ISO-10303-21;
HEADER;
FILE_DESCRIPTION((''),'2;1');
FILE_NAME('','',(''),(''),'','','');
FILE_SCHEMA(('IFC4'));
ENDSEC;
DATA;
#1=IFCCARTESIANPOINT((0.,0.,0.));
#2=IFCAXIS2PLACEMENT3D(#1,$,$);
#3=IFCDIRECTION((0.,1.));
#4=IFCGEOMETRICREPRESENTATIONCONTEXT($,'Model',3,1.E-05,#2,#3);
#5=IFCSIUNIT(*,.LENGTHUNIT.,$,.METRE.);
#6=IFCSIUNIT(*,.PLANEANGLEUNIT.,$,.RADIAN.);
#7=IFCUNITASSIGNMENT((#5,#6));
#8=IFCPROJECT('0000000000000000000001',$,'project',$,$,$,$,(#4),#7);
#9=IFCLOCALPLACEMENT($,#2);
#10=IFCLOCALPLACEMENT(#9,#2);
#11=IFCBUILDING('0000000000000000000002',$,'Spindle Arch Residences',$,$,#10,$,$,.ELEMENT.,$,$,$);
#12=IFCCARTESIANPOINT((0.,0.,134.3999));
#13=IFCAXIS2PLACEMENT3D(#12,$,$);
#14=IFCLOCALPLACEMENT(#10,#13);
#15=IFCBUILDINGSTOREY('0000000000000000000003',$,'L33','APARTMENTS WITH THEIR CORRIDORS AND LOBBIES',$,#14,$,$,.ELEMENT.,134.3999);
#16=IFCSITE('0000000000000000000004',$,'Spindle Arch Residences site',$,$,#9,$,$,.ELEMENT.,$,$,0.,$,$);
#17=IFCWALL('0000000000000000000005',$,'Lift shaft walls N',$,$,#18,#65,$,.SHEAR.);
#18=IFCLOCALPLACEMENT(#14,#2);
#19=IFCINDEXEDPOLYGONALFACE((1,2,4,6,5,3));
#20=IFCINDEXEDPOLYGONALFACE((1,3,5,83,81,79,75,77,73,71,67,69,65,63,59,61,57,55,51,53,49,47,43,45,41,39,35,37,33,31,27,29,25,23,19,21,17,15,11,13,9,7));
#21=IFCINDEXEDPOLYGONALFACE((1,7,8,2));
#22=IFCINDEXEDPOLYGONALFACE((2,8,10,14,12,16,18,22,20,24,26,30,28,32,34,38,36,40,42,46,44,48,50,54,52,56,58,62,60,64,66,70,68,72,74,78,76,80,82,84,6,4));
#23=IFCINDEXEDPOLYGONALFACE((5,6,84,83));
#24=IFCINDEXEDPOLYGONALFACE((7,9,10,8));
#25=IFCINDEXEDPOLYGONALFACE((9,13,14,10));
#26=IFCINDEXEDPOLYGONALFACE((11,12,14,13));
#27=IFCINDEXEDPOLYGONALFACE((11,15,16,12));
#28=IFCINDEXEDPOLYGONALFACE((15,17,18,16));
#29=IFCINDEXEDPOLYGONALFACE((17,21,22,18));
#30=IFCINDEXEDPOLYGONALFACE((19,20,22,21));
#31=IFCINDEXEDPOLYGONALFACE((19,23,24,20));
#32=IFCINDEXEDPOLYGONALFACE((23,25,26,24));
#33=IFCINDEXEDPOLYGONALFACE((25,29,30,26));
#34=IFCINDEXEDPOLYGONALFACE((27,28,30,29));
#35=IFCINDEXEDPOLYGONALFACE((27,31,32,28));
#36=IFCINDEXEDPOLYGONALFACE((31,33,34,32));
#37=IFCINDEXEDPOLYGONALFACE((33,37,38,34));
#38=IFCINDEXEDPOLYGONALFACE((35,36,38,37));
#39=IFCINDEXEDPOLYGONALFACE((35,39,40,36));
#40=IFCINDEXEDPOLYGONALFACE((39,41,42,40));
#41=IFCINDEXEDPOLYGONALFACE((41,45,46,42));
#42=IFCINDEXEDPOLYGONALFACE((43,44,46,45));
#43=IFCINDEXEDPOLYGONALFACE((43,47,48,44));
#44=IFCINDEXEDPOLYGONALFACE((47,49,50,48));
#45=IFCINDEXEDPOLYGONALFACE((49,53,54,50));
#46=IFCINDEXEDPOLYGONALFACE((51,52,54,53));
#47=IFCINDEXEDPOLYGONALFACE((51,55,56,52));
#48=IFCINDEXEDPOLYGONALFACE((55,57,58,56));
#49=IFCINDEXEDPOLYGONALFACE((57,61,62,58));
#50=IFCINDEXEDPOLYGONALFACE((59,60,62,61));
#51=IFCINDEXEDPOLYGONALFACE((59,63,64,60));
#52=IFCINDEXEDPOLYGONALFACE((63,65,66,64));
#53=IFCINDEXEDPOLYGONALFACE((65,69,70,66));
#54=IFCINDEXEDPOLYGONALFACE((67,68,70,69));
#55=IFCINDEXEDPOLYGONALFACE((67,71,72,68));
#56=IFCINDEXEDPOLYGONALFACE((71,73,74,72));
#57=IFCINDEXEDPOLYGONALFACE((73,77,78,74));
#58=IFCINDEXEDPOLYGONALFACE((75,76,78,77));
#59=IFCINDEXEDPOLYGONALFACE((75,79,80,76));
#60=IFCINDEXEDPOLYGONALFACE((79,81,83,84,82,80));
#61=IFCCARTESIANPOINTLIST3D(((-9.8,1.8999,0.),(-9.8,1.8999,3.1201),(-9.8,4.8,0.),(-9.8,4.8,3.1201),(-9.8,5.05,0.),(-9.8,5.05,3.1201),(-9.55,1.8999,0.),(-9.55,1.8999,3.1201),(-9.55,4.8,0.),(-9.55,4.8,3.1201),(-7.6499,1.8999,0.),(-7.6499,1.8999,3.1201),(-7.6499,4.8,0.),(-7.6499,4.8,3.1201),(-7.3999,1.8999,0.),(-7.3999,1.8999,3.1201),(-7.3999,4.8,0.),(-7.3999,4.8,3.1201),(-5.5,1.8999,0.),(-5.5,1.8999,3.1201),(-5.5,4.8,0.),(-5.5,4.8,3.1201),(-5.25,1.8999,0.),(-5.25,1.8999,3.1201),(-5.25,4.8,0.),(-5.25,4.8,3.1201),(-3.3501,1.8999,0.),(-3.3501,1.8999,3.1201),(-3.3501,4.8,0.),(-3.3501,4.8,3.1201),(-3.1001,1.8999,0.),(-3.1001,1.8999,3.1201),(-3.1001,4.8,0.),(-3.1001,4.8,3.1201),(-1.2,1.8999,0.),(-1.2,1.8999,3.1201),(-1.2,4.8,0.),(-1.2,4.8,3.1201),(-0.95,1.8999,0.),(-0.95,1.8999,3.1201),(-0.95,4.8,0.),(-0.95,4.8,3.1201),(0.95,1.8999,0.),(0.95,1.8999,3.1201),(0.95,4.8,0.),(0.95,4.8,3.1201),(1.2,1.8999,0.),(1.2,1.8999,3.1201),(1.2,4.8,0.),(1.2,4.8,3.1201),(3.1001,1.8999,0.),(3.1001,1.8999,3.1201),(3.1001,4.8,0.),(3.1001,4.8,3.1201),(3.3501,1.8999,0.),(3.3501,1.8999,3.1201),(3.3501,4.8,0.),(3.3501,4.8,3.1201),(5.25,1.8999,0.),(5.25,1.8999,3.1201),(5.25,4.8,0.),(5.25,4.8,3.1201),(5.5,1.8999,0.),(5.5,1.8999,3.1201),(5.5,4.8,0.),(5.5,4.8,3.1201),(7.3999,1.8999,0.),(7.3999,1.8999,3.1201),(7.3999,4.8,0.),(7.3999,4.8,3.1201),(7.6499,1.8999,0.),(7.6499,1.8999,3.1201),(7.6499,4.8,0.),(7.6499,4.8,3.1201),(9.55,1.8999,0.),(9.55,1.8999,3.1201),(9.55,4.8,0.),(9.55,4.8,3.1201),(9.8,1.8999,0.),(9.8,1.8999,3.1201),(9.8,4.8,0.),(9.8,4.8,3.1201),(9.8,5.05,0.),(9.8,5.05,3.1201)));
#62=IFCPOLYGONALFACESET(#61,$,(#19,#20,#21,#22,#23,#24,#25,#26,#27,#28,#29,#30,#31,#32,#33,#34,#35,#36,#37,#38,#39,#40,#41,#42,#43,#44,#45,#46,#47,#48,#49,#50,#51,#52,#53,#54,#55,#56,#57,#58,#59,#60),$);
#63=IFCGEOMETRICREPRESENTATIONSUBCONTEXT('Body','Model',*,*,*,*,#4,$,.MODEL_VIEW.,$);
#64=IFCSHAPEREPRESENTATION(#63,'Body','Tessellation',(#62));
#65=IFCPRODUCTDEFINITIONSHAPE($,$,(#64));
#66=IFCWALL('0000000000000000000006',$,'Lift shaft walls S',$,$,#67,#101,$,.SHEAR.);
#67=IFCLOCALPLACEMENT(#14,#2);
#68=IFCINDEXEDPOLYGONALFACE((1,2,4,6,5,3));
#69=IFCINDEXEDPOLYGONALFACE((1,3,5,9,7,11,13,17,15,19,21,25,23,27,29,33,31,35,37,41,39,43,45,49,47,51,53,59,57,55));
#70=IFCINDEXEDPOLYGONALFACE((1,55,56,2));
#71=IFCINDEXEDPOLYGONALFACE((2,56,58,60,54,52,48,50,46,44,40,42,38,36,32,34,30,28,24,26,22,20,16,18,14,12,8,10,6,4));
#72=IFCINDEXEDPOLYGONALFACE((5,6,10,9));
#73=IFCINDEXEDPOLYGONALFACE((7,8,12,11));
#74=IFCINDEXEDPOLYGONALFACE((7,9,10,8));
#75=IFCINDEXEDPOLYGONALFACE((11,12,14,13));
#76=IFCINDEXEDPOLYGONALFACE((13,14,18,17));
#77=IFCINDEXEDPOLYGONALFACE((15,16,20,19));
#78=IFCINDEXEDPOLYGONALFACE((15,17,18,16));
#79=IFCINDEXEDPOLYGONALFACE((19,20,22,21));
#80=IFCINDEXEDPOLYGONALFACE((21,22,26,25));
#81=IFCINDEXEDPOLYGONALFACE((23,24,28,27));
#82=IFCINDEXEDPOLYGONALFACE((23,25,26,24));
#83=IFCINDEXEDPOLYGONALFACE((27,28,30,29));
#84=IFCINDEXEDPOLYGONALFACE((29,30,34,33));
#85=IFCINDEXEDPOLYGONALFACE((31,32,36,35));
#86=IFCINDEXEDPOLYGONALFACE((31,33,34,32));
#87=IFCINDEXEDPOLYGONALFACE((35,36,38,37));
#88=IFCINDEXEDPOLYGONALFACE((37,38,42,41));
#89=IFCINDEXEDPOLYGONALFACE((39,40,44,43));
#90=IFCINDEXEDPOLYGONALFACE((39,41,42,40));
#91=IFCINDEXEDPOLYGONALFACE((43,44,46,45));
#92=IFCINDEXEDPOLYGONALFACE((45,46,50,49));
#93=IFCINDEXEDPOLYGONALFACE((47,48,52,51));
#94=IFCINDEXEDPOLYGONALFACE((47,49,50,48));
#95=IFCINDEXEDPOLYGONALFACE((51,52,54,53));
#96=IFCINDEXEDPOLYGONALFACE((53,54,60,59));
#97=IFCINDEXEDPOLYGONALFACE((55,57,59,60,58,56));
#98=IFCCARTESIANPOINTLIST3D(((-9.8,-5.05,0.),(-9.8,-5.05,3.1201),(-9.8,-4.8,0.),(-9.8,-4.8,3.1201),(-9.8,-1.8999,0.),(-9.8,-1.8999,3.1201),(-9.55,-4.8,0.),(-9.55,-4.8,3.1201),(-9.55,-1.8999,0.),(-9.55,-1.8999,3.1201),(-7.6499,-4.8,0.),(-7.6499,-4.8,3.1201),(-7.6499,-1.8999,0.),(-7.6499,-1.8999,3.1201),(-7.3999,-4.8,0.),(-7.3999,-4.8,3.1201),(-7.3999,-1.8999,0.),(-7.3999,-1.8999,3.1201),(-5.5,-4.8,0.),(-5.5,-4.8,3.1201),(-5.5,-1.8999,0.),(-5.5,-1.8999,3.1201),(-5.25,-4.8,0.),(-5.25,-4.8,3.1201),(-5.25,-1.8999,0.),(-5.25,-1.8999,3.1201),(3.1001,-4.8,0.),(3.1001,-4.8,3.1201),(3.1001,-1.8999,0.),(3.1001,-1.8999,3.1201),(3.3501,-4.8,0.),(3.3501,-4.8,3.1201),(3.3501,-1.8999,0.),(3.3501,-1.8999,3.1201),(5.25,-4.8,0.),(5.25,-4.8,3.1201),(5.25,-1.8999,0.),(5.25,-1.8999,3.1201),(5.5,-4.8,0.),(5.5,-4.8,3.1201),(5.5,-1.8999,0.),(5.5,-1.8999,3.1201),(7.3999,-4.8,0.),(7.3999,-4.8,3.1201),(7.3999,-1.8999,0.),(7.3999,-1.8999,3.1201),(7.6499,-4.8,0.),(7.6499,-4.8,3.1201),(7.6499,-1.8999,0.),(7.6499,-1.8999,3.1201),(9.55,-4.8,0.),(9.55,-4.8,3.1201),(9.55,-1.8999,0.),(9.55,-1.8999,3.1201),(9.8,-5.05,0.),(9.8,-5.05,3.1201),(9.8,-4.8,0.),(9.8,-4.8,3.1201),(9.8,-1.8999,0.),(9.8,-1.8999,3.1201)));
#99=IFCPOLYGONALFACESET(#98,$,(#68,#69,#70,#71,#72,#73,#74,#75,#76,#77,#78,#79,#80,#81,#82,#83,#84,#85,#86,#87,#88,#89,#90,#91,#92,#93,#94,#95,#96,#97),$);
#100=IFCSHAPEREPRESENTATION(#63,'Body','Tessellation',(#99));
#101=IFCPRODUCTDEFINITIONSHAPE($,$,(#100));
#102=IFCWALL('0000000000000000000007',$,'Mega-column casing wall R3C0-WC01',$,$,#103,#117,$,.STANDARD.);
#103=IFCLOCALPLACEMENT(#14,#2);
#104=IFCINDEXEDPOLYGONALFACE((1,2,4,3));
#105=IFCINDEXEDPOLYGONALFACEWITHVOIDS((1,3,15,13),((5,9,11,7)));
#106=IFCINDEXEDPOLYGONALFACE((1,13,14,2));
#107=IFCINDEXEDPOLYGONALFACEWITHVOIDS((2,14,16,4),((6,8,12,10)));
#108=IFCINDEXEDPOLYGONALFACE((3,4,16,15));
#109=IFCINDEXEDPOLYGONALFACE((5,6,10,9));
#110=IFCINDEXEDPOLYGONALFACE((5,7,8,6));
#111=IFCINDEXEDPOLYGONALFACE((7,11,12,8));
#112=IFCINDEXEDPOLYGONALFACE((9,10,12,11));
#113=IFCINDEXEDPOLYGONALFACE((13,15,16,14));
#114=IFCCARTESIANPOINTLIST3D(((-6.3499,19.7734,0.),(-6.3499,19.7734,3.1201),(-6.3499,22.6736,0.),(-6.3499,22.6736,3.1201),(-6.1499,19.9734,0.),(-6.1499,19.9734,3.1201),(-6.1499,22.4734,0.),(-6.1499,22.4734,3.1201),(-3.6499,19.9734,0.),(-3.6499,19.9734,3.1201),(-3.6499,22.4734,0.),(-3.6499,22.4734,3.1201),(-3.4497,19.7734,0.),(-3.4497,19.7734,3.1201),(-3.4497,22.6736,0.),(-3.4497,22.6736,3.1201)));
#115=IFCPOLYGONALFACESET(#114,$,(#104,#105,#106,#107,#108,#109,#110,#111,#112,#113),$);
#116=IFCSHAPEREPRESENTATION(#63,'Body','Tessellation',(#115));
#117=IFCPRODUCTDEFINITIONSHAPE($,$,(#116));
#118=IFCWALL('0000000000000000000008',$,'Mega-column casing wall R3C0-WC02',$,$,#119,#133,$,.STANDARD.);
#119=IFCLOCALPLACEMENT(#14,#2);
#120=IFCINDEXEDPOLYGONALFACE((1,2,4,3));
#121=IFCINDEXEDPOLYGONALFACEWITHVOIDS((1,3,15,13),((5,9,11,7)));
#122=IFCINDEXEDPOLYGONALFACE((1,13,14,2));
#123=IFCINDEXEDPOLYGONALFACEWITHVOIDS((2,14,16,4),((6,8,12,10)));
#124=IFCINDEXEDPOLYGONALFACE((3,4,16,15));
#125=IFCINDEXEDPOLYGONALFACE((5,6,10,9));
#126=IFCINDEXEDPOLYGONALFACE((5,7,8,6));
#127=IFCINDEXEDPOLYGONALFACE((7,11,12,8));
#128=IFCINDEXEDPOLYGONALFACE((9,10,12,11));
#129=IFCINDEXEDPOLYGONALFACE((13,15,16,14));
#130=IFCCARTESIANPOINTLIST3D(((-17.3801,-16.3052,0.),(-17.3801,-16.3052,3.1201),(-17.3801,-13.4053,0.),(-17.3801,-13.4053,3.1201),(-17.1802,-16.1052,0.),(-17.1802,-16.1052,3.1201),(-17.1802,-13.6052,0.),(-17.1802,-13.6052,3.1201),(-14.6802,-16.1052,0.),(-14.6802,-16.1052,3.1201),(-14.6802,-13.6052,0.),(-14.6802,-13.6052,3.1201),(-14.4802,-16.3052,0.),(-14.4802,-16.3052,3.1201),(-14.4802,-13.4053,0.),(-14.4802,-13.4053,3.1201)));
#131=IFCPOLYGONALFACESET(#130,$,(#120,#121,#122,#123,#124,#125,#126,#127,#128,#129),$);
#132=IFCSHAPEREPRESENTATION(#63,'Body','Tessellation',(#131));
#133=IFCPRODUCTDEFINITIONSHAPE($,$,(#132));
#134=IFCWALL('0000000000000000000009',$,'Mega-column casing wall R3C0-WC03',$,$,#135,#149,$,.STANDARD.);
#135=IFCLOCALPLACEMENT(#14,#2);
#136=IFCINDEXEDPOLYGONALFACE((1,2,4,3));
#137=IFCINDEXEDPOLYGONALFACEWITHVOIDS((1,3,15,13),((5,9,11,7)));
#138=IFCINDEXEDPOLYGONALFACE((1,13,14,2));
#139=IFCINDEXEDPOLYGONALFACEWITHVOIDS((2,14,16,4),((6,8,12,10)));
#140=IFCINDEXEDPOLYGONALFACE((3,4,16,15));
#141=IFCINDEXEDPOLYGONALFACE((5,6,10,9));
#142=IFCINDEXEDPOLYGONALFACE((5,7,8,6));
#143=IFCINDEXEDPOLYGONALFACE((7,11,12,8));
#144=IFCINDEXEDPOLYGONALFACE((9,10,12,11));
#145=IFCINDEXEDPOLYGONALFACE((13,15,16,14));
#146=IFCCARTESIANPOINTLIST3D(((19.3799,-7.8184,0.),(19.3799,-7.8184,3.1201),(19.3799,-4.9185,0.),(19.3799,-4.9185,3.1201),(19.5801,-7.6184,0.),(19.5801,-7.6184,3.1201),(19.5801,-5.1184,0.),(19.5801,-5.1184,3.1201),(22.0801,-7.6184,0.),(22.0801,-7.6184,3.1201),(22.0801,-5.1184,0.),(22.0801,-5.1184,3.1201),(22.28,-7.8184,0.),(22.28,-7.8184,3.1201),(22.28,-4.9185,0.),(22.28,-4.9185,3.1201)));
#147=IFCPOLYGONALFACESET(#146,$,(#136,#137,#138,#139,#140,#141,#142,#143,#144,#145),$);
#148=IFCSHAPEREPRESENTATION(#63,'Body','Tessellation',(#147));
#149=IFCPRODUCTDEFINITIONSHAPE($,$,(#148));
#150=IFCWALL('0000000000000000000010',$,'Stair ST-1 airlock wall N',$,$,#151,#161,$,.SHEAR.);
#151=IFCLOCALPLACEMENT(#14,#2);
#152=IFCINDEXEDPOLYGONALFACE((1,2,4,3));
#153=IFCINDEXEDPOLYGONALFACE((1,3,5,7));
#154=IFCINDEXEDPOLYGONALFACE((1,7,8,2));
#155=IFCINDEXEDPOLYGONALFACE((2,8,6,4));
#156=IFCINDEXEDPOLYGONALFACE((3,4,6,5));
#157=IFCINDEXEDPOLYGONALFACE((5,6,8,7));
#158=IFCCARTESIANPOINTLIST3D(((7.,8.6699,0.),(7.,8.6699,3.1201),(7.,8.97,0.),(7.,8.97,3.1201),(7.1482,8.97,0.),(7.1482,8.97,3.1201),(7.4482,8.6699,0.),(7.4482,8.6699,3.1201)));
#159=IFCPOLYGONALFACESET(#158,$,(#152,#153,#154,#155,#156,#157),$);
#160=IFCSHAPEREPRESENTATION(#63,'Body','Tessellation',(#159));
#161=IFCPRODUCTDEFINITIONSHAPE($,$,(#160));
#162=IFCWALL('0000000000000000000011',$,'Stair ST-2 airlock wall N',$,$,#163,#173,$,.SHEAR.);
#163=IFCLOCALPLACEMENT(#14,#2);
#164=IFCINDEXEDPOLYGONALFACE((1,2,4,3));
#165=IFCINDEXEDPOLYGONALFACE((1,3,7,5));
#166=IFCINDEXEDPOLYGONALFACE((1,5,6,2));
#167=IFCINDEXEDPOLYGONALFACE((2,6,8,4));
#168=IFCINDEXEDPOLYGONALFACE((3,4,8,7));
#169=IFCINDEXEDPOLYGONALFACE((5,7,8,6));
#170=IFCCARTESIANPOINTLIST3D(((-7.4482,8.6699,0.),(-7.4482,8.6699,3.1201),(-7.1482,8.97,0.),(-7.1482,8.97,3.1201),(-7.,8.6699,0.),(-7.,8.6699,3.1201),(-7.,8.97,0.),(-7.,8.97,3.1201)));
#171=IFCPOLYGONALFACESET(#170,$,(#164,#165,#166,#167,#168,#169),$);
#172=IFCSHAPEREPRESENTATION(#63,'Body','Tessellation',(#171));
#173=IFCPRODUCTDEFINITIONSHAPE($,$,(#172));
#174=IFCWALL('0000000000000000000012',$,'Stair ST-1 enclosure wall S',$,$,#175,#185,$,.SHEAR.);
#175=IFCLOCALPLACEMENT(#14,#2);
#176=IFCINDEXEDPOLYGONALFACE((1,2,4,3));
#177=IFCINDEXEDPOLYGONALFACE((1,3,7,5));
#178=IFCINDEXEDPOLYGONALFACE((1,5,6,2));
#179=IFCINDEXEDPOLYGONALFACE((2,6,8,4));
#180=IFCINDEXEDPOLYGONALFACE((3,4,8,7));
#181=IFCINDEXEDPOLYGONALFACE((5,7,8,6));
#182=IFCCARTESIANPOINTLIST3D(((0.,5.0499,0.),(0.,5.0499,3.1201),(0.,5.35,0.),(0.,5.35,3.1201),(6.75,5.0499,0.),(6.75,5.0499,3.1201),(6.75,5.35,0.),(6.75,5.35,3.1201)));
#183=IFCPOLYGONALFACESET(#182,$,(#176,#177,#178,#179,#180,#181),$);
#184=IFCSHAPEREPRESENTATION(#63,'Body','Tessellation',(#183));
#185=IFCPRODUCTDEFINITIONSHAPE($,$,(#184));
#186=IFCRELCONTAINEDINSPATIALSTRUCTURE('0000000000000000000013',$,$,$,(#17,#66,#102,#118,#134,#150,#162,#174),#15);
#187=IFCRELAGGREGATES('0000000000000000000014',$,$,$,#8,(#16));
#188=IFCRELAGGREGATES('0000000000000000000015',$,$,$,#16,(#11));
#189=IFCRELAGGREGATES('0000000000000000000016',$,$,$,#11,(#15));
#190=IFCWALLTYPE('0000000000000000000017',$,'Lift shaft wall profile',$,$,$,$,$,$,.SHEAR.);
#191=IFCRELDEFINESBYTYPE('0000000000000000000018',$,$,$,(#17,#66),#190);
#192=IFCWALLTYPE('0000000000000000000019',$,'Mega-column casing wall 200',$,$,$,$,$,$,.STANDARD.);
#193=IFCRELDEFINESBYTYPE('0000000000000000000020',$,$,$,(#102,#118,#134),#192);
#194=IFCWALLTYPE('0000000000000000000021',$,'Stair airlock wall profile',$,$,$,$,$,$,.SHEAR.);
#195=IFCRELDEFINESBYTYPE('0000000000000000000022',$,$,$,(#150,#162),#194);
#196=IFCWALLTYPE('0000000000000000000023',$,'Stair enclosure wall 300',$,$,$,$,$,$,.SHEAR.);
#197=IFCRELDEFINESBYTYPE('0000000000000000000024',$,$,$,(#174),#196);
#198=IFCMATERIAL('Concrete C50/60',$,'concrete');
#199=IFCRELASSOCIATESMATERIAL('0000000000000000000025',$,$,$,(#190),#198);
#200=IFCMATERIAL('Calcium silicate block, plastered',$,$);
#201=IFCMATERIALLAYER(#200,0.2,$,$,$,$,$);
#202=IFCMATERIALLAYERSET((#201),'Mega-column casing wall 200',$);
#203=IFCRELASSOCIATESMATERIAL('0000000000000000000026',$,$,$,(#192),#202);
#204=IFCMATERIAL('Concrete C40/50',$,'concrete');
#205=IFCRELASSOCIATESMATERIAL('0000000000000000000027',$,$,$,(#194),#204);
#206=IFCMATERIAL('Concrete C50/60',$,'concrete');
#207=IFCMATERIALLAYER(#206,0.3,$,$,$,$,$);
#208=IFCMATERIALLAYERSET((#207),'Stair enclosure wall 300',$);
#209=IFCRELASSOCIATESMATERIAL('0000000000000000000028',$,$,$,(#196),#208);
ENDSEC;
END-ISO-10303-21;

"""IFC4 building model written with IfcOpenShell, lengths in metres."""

from ifc_helpers import new_model, si_unit, direction, frame, frame_2d, origin, place, context, subcontext, project, spatial, polyline, rectangle, outline, extrude, material, layer, layer_set, type_object, element, save


model = new_model("IFC4")

# Units and contexts
model_context = context("Model", 3, precision=1e-05, world=origin(), true_north=direction((0.0, 1.0)))
body_context = subcontext(model_context, "Body", "Model", "MODEL_VIEW")
ifc_project = project(units=[si_unit("LENGTHUNIT", "METRE"), si_unit("PLANEANGLEUNIT", "RADIAN")], contexts=[model_context])

# Site, building, storey
site_placement = place(None, origin())
site = spatial("IfcSite", under=ifc_project, at=site_placement, Name="Spindle Arch Residences site", CompositionType="ELEMENT", RefElevation=0.0)
building_placement = place(site_placement, origin())
building = spatial("IfcBuilding", under=site, at=building_placement, Name="Spindle Arch Residences", CompositionType="ELEMENT")
storey_placement = place(building_placement, frame((0.0, 0.0, 134.3999)))
storey = spatial("IfcBuildingStorey", under=building, at=storey_placement, Name="L33", Description="APARTMENTS WITH THEIR CORRIDORS AND LOBBIES", CompositionType="ELEMENT", Elevation=134.3999)

# Walls
ifc_material_1 = material(Name="Concrete C50/60", Category="concrete")
wall_type_1 = type_object("IfcWallType", Name="Lift shaft wall profile", PredefinedType="SHEAR", material=ifc_material_1)
wall_1_placement = place(storey_placement, origin())
element("IfcWall", 1, at=wall_1_placement, inside=storey, type_object=wall_type_1, Name="Lift shaft walls N", PredefinedType="SHEAR", context=body_context, shape_type="SweptSolid", body=[
    extrude(outline(polyline([(-9.55, 4.8), (-7.6499, 4.8), (-7.6499, 1.8999), (-7.3999, 1.8999), (-7.3999, 4.8), (-5.5, 4.8), (-5.5, 1.8999), (-5.25, 1.8999), (-5.25, 4.8), (-3.3501, 4.8), (-3.3501, 1.8999), (-3.1001, 1.8999), (-3.1001, 4.8), (-1.2, 4.8), (-1.2, 1.8999), (-0.95, 1.8999), (-0.95, 4.8), (0.95, 4.8), (0.95, 1.8999), (1.2, 1.8999), (1.2, 4.8), (3.1001, 4.8), (3.1001, 1.8999), (3.3501, 1.8999), (3.3501, 4.8), (5.25, 4.8), (5.25, 1.8999), (5.5, 1.8999), (5.5, 4.8), (7.3999, 4.8), (7.3999, 1.8999), (7.6499, 1.8999), (7.6499, 4.8), (9.55, 4.8), (9.55, 1.8999), (9.8, 1.8999), (9.8, 4.8), (9.8, 5.05), (-9.8, 5.05), (-9.8, 4.8), (-9.8, 1.8999), (-9.55, 1.8999), (-9.55, 4.8)])), origin(), (0.0, 0.0, 1.0), 3.1201),
])
wall_2_placement = place(storey_placement, origin())
element("IfcWall", 2, at=wall_2_placement, inside=storey, type_object=wall_type_1, Name="Lift shaft walls S", PredefinedType="SHEAR", context=body_context, shape_type="SweptSolid", body=[
    extrude(outline(polyline([(9.8, -5.05), (9.8, -4.8), (9.8, -1.8999), (9.55, -1.8999), (9.55, -4.8), (7.6499, -4.8), (7.6499, -1.8999), (7.3999, -1.8999), (7.3999, -4.8), (5.5, -4.8), (5.5, -1.8999), (5.25, -1.8999), (5.25, -4.8), (3.3501, -4.8), (3.3501, -1.8999), (3.1001, -1.8999), (3.1001, -4.8), (-5.25, -4.8), (-5.25, -1.8999), (-5.5, -1.8999), (-5.5, -4.8), (-7.3999, -4.8), (-7.3999, -1.8999), (-7.6499, -1.8999), (-7.6499, -4.8), (-9.55, -4.8), (-9.55, -1.8999), (-9.8, -1.8999), (-9.8, -4.8), (-9.8, -5.05), (9.8, -5.05)])), origin(), (0.0, 0.0, 1.0), 3.1201),
])
ifc_material_2 = material(Name="Calcium silicate block, plastered")
ifc_layer_1 = layer(ifc_material_2, 0.2)
ifc_layer_set_1 = layer_set([ifc_layer_1], Name="Mega-column casing wall 200")
wall_type_2 = type_object("IfcWallType", Name="Mega-column casing wall 200", PredefinedType="STANDARD", material=ifc_layer_set_1)
wall_3_placement = place(storey_placement, origin())
element("IfcWall", 3, at=wall_3_placement, inside=storey, type_object=wall_type_2, Name="Mega-column casing wall R3C0-WC01", PredefinedType="STANDARD", context=body_context, shape_type="SweptSolid", body=[
    extrude(outline(polyline([(-3.4497, 22.6736), (-3.4497, 19.7734), (-6.3499, 19.7734), (-6.3499, 22.6736), (-3.4497, 22.6736)]), holes=[polyline([(-6.1499, 19.9734), (-3.6499, 19.9734), (-3.6499, 22.4734), (-6.1499, 22.4734), (-6.1499, 19.9734)])]), origin(), (0.0, 0.0, 1.0), 3.1201),
])
wall_4_placement = place(storey_placement, origin())
element("IfcWall", 4, at=wall_4_placement, inside=storey, type_object=wall_type_2, Name="Mega-column casing wall R3C0-WC02", PredefinedType="STANDARD", context=body_context, shape_type="SweptSolid", body=[
    extrude(outline(polyline([(-14.4802, -13.4053), (-14.4802, -16.3052), (-17.3801, -16.3052), (-17.3801, -13.4053), (-14.4802, -13.4053)]), holes=[polyline([(-17.1802, -16.1052), (-14.6802, -16.1052), (-14.6802, -13.6052), (-17.1802, -13.6052), (-17.1802, -16.1052)])]), origin(), (0.0, 0.0, 1.0), 3.1201),
])
wall_5_placement = place(storey_placement, origin())
element("IfcWall", 5, at=wall_5_placement, inside=storey, type_object=wall_type_2, Name="Mega-column casing wall R3C0-WC03", PredefinedType="STANDARD", context=body_context, shape_type="SweptSolid", body=[
    extrude(outline(polyline([(22.28, -4.9185), (22.28, -7.8184), (19.3799, -7.8184), (19.3799, -4.9185), (22.28, -4.9185)]), holes=[polyline([(19.5801, -7.6184), (22.0801, -7.6184), (22.0801, -5.1184), (19.5801, -5.1184), (19.5801, -7.6184)])]), origin(), (0.0, 0.0, 1.0), 3.1201),
])
ifc_material_3 = material(Name="Concrete C40/50", Category="concrete")
wall_type_3 = type_object("IfcWallType", Name="Stair airlock wall profile", PredefinedType="SHEAR", material=ifc_material_3)
wall_6_placement = place(storey_placement, origin())
element("IfcWall", 6, at=wall_6_placement, inside=storey, type_object=wall_type_3, Name="Stair ST-1 airlock wall N", PredefinedType="SHEAR", context=body_context, shape_type="SweptSolid", body=[
    extrude(outline(polyline([(7.4482, 8.6699), (7.0, 8.6699), (7.0, 8.97), (7.1482, 8.97), (7.4482, 8.6699)])), origin(), (0.0, 0.0, 1.0), 3.1201),
])
wall_7_placement = place(storey_placement, origin())
element("IfcWall", 7, at=wall_7_placement, inside=storey, type_object=wall_type_3, Name="Stair ST-2 airlock wall N", PredefinedType="SHEAR", context=body_context, shape_type="SweptSolid", body=[
    extrude(outline(polyline([(-7.1482, 8.97), (-7.0, 8.97), (-7.0, 8.6699), (-7.4482, 8.6699), (-7.1482, 8.97)])), origin(), (0.0, 0.0, 1.0), 3.1201),
])
ifc_material_4 = material(Name="Concrete C50/60", Category="concrete")
ifc_layer_2 = layer(ifc_material_4, 0.3)
ifc_layer_set_2 = layer_set([ifc_layer_2], Name="Stair enclosure wall 300")
wall_type_4 = type_object("IfcWallType", Name="Stair enclosure wall 300", PredefinedType="SHEAR", material=ifc_layer_set_2)
wall_8_placement = place(storey_placement, frame((0.0, 5.2, 0.0), z_axis=(0.0, 0.0, 1.0), x_axis=(1.0, 0.0, 0.0)))
element("IfcWall", 8, at=wall_8_placement, inside=storey, type_object=wall_type_4, Name="Stair ST-1 enclosure wall S", PredefinedType="SHEAR", context=body_context, shape_type="SweptSolid", body=[
    extrude(rectangle(XDim=6.75, YDim=0.3, at=frame_2d((3.375, 0.0))), origin(), (0.0, 0.0, 1.0), 3.1201),
])

save(model, "model.ifc")
